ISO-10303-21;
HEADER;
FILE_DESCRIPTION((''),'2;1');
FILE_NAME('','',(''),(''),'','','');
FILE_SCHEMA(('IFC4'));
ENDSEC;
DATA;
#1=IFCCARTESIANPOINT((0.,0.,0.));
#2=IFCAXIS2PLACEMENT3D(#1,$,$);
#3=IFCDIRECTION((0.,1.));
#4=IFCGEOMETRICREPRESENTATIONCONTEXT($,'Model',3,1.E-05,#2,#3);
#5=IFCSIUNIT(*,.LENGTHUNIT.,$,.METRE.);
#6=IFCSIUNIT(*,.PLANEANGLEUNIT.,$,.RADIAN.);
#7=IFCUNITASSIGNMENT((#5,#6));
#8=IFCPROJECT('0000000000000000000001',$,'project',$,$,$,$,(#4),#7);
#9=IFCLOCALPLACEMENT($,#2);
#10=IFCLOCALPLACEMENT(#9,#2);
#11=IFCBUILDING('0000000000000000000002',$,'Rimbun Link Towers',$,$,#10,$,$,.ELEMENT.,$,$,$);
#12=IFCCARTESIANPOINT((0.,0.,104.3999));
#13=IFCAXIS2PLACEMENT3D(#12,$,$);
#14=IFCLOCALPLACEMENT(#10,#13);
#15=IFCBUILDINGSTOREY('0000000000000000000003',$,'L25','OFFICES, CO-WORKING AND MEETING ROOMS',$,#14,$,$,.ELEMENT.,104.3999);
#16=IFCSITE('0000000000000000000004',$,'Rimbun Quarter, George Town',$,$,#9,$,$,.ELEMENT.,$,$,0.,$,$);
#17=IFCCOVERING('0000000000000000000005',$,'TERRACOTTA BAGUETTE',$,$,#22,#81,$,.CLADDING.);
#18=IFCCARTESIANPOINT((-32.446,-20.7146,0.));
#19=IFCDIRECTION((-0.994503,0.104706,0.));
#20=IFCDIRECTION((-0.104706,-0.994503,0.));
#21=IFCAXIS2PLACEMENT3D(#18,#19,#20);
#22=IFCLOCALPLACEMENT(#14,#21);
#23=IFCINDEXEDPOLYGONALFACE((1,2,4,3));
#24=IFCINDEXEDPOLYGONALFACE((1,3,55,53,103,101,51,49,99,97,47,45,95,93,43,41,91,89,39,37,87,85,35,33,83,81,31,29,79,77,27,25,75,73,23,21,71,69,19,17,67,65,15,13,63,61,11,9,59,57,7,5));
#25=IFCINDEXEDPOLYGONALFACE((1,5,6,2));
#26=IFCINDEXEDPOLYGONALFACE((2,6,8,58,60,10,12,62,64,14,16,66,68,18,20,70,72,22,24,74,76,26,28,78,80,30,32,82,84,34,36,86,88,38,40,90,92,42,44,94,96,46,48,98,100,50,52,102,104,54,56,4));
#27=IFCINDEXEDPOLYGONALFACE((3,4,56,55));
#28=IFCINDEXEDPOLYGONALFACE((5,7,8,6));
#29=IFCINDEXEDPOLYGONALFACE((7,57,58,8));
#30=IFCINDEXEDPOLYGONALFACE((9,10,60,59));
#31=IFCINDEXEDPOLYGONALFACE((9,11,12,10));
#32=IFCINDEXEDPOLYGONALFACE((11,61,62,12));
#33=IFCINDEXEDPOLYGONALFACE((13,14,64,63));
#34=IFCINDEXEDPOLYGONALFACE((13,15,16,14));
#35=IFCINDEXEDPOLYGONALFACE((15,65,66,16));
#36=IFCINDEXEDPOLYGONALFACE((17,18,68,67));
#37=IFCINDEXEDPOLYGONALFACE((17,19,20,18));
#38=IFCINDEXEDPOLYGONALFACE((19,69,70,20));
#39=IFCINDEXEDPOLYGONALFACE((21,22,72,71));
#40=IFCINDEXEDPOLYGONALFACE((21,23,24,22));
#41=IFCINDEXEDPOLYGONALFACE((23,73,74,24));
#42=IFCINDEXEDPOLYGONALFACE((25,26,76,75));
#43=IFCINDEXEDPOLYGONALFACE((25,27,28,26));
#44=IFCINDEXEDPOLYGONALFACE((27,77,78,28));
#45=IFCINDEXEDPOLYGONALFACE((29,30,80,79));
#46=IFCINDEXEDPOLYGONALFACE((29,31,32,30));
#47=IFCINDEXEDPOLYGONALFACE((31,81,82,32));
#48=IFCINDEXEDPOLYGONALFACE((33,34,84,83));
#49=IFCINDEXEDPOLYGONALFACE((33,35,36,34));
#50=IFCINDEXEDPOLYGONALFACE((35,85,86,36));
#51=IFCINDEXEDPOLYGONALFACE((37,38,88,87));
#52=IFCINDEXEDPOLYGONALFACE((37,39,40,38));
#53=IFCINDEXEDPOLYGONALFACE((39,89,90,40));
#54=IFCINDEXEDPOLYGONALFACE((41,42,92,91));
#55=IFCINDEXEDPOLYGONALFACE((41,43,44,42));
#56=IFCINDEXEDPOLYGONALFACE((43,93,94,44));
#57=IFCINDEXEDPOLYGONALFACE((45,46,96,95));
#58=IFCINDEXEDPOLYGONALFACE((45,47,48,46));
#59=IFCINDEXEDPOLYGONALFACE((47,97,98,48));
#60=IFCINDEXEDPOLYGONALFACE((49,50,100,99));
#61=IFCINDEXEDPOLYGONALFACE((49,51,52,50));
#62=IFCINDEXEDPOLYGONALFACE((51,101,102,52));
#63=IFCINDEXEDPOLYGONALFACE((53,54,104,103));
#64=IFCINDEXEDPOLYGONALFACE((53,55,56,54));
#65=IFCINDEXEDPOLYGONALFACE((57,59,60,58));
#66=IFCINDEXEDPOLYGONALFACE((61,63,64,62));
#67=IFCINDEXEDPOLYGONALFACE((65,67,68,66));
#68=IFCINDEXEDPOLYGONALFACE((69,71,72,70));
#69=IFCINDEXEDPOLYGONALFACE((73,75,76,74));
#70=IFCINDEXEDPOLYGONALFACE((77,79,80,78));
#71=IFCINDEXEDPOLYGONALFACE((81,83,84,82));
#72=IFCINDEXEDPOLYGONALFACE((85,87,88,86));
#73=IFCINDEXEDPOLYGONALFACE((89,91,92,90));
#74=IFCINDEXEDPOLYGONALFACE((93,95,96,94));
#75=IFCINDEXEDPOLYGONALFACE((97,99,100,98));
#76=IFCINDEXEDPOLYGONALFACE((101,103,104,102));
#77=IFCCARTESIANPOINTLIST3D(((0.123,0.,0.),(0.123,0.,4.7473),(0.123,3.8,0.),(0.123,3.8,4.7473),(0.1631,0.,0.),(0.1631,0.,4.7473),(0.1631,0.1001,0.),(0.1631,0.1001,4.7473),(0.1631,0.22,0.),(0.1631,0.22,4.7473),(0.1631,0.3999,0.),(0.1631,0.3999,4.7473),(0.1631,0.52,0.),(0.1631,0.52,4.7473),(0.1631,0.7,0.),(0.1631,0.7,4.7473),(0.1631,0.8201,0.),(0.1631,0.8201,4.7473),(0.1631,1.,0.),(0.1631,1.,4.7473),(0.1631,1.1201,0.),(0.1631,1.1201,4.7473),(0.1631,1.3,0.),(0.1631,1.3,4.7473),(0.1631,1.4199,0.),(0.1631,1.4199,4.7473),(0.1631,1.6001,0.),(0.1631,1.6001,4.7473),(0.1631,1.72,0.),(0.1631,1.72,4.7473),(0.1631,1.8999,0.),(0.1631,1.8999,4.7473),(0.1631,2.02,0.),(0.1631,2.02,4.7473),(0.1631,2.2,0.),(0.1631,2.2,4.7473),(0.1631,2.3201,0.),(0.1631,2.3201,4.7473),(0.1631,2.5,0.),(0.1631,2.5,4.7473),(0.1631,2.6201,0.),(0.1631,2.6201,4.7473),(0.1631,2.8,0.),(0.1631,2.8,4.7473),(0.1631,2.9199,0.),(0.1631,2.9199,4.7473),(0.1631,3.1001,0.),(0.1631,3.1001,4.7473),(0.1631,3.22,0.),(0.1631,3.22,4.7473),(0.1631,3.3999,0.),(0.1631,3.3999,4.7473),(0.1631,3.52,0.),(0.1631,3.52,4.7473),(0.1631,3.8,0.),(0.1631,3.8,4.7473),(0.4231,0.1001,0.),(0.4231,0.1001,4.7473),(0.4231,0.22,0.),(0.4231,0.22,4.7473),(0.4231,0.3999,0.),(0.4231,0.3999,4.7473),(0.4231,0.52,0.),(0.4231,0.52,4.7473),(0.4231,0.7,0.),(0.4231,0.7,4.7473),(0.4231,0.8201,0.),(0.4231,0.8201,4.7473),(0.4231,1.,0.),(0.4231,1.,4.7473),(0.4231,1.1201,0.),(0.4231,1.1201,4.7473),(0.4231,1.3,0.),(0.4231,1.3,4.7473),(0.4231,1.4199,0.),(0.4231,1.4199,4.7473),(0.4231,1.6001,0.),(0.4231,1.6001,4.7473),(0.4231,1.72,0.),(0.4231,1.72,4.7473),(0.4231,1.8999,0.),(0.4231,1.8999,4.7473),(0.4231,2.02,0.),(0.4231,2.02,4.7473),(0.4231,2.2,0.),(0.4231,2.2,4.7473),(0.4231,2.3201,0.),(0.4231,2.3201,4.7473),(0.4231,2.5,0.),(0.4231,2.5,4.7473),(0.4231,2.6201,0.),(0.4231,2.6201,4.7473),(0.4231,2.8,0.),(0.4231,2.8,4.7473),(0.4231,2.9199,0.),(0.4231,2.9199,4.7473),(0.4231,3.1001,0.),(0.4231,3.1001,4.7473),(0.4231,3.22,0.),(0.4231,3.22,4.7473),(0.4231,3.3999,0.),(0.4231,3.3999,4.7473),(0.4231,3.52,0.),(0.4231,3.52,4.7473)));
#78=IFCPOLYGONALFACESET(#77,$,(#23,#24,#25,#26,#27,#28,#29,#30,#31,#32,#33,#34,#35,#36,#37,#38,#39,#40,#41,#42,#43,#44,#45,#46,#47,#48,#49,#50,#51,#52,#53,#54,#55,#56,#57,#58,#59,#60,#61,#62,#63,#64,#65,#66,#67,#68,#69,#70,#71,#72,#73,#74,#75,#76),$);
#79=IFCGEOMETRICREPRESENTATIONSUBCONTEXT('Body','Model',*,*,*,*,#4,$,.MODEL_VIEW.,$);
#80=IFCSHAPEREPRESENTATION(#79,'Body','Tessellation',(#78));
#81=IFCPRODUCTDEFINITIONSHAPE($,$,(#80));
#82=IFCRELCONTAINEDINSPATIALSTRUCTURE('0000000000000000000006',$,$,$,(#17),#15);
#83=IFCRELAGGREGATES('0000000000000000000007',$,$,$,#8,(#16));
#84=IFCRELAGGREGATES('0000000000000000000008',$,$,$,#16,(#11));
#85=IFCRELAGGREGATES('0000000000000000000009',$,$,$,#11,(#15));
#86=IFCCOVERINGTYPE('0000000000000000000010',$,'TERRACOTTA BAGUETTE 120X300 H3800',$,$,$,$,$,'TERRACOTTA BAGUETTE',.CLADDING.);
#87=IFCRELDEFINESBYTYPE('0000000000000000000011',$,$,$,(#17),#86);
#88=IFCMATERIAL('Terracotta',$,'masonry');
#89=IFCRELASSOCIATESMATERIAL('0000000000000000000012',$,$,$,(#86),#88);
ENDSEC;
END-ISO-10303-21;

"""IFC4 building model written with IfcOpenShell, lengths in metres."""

from ifc_helpers import new_model, si_unit, direction, frame, origin, place, context, subcontext, project, spatial, polyline, outline, extrude, material, material_profile, profile_set, type_object, element, save


model = new_model("IFC4")

# Units and contexts
model_context = context("Model", 3, precision=1e-05, world=origin(), true_north=direction((0.0, 1.0)))
body_context = subcontext(model_context, "Body", "Model", "MODEL_VIEW")
ifc_project = project(units=[si_unit("LENGTHUNIT", "METRE"), si_unit("PLANEANGLEUNIT", "RADIAN")], contexts=[model_context])

# Site, building, storey
site_placement = place(None, origin())
site = spatial("IfcSite", under=ifc_project, at=site_placement, Name="Rimbun Quarter, George Town", CompositionType="ELEMENT", RefElevation=0.0)
building_placement = place(site_placement, origin())
building = spatial("IfcBuilding", under=site, at=building_placement, Name="Rimbun Link Towers", CompositionType="ELEMENT")
storey_placement = place(building_placement, frame((0.0, 0.0, 104.3999)))
storey = spatial("IfcBuildingStorey", under=building, at=storey_placement, Name="L25", Description="OFFICES, CO-WORKING AND MEETING ROOMS", CompositionType="ELEMENT", Elevation=104.3999)

# Covering
ifc_material_1 = material(Name="Terracotta", Category="masonry")
ifc_material_profile_1 = material_profile(ifc_material_1, outline(polyline([(0.123, 0.0), (0.1631, 0.0), (0.1631, 0.1001), (0.4231, 0.1001), (0.4231, 0.22), (0.1631, 0.22), (0.1631, 0.3999), (0.4231, 0.3999), (0.4231, 0.52), (0.1631, 0.52), (0.1631, 0.7), (0.4231, 0.7), (0.4231, 0.8201), (0.1631, 0.8201), (0.1631, 1.0), (0.4231, 1.0), (0.4231, 1.1201), (0.1631, 1.1201), (0.1631, 1.3), (0.4231, 1.3), (0.4231, 1.4199), (0.1631, 1.4199), (0.1631, 1.6001), (0.4231, 1.6001), (0.4231, 1.72), (0.1631, 1.72), (0.1631, 1.8999), (0.4231, 1.8999), (0.4231, 2.02), (0.1631, 2.02), (0.1631, 2.2), (0.4231, 2.2), (0.4231, 2.3201), (0.1631, 2.3201), (0.1631, 2.5), (0.4231, 2.5), (0.4231, 2.6201), (0.1631, 2.6201), (0.1631, 2.8), (0.4231, 2.8), (0.4231, 2.9199), (0.1631, 2.9199), (0.1631, 3.1001), (0.4231, 3.1001), (0.4231, 3.22), (0.1631, 3.22), (0.1631, 3.3999), (0.4231, 3.3999), (0.4231, 3.52), (0.1631, 3.52), (0.1631, 3.8), (0.123, 3.8), (0.123, 0.0)])), Name="BAGUETTE 120X300")
ifc_profile_set_1 = profile_set([ifc_material_profile_1], Name="Terracotta")
covering_type = type_object("IfcCoveringType", Name="TERRACOTTA BAGUETTE 120X300 H3800", ElementType="TERRACOTTA BAGUETTE", PredefinedType="CLADDING", material=ifc_profile_set_1)
covering_placement = place(storey_placement, frame((-32.446, -20.7146, 0.0), z_axis=(-0.994503, 0.104706, 0.0), x_axis=(-0.104706, -0.994503, 0.0)))
element("IfcCovering", 1, at=covering_placement, inside=storey, type_object=covering_type, Name="TERRACOTTA BAGUETTE", PredefinedType="CLADDING", context=body_context, shape_type="SweptSolid", body=[
    extrude(outline(polyline([(0.123, 0.0), (0.1631, 0.0), (0.1631, 0.1001), (0.4231, 0.1001), (0.4231, 0.22), (0.1631, 0.22), (0.1631, 0.3999), (0.4231, 0.3999), (0.4231, 0.52), (0.1631, 0.52), (0.1631, 0.7), (0.4231, 0.7), (0.4231, 0.8201), (0.1631, 0.8201), (0.1631, 1.0), (0.4231, 1.0), (0.4231, 1.1201), (0.1631, 1.1201), (0.1631, 1.3), (0.4231, 1.3), (0.4231, 1.4199), (0.1631, 1.4199), (0.1631, 1.6001), (0.4231, 1.6001), (0.4231, 1.72), (0.1631, 1.72), (0.1631, 1.8999), (0.4231, 1.8999), (0.4231, 2.02), (0.1631, 2.02), (0.1631, 2.2), (0.4231, 2.2), (0.4231, 2.3201), (0.1631, 2.3201), (0.1631, 2.5), (0.4231, 2.5), (0.4231, 2.6201), (0.1631, 2.6201), (0.1631, 2.8), (0.4231, 2.8), (0.4231, 2.9199), (0.1631, 2.9199), (0.1631, 3.1001), (0.4231, 3.1001), (0.4231, 3.22), (0.1631, 3.22), (0.1631, 3.3999), (0.4231, 3.3999), (0.4231, 3.52), (0.1631, 3.52), (0.1631, 3.8), (0.123, 3.8), (0.123, 0.0)])), origin(), (0.0, 0.0, 1.0), 4.7473),
])

save(model, "model.ifc")
